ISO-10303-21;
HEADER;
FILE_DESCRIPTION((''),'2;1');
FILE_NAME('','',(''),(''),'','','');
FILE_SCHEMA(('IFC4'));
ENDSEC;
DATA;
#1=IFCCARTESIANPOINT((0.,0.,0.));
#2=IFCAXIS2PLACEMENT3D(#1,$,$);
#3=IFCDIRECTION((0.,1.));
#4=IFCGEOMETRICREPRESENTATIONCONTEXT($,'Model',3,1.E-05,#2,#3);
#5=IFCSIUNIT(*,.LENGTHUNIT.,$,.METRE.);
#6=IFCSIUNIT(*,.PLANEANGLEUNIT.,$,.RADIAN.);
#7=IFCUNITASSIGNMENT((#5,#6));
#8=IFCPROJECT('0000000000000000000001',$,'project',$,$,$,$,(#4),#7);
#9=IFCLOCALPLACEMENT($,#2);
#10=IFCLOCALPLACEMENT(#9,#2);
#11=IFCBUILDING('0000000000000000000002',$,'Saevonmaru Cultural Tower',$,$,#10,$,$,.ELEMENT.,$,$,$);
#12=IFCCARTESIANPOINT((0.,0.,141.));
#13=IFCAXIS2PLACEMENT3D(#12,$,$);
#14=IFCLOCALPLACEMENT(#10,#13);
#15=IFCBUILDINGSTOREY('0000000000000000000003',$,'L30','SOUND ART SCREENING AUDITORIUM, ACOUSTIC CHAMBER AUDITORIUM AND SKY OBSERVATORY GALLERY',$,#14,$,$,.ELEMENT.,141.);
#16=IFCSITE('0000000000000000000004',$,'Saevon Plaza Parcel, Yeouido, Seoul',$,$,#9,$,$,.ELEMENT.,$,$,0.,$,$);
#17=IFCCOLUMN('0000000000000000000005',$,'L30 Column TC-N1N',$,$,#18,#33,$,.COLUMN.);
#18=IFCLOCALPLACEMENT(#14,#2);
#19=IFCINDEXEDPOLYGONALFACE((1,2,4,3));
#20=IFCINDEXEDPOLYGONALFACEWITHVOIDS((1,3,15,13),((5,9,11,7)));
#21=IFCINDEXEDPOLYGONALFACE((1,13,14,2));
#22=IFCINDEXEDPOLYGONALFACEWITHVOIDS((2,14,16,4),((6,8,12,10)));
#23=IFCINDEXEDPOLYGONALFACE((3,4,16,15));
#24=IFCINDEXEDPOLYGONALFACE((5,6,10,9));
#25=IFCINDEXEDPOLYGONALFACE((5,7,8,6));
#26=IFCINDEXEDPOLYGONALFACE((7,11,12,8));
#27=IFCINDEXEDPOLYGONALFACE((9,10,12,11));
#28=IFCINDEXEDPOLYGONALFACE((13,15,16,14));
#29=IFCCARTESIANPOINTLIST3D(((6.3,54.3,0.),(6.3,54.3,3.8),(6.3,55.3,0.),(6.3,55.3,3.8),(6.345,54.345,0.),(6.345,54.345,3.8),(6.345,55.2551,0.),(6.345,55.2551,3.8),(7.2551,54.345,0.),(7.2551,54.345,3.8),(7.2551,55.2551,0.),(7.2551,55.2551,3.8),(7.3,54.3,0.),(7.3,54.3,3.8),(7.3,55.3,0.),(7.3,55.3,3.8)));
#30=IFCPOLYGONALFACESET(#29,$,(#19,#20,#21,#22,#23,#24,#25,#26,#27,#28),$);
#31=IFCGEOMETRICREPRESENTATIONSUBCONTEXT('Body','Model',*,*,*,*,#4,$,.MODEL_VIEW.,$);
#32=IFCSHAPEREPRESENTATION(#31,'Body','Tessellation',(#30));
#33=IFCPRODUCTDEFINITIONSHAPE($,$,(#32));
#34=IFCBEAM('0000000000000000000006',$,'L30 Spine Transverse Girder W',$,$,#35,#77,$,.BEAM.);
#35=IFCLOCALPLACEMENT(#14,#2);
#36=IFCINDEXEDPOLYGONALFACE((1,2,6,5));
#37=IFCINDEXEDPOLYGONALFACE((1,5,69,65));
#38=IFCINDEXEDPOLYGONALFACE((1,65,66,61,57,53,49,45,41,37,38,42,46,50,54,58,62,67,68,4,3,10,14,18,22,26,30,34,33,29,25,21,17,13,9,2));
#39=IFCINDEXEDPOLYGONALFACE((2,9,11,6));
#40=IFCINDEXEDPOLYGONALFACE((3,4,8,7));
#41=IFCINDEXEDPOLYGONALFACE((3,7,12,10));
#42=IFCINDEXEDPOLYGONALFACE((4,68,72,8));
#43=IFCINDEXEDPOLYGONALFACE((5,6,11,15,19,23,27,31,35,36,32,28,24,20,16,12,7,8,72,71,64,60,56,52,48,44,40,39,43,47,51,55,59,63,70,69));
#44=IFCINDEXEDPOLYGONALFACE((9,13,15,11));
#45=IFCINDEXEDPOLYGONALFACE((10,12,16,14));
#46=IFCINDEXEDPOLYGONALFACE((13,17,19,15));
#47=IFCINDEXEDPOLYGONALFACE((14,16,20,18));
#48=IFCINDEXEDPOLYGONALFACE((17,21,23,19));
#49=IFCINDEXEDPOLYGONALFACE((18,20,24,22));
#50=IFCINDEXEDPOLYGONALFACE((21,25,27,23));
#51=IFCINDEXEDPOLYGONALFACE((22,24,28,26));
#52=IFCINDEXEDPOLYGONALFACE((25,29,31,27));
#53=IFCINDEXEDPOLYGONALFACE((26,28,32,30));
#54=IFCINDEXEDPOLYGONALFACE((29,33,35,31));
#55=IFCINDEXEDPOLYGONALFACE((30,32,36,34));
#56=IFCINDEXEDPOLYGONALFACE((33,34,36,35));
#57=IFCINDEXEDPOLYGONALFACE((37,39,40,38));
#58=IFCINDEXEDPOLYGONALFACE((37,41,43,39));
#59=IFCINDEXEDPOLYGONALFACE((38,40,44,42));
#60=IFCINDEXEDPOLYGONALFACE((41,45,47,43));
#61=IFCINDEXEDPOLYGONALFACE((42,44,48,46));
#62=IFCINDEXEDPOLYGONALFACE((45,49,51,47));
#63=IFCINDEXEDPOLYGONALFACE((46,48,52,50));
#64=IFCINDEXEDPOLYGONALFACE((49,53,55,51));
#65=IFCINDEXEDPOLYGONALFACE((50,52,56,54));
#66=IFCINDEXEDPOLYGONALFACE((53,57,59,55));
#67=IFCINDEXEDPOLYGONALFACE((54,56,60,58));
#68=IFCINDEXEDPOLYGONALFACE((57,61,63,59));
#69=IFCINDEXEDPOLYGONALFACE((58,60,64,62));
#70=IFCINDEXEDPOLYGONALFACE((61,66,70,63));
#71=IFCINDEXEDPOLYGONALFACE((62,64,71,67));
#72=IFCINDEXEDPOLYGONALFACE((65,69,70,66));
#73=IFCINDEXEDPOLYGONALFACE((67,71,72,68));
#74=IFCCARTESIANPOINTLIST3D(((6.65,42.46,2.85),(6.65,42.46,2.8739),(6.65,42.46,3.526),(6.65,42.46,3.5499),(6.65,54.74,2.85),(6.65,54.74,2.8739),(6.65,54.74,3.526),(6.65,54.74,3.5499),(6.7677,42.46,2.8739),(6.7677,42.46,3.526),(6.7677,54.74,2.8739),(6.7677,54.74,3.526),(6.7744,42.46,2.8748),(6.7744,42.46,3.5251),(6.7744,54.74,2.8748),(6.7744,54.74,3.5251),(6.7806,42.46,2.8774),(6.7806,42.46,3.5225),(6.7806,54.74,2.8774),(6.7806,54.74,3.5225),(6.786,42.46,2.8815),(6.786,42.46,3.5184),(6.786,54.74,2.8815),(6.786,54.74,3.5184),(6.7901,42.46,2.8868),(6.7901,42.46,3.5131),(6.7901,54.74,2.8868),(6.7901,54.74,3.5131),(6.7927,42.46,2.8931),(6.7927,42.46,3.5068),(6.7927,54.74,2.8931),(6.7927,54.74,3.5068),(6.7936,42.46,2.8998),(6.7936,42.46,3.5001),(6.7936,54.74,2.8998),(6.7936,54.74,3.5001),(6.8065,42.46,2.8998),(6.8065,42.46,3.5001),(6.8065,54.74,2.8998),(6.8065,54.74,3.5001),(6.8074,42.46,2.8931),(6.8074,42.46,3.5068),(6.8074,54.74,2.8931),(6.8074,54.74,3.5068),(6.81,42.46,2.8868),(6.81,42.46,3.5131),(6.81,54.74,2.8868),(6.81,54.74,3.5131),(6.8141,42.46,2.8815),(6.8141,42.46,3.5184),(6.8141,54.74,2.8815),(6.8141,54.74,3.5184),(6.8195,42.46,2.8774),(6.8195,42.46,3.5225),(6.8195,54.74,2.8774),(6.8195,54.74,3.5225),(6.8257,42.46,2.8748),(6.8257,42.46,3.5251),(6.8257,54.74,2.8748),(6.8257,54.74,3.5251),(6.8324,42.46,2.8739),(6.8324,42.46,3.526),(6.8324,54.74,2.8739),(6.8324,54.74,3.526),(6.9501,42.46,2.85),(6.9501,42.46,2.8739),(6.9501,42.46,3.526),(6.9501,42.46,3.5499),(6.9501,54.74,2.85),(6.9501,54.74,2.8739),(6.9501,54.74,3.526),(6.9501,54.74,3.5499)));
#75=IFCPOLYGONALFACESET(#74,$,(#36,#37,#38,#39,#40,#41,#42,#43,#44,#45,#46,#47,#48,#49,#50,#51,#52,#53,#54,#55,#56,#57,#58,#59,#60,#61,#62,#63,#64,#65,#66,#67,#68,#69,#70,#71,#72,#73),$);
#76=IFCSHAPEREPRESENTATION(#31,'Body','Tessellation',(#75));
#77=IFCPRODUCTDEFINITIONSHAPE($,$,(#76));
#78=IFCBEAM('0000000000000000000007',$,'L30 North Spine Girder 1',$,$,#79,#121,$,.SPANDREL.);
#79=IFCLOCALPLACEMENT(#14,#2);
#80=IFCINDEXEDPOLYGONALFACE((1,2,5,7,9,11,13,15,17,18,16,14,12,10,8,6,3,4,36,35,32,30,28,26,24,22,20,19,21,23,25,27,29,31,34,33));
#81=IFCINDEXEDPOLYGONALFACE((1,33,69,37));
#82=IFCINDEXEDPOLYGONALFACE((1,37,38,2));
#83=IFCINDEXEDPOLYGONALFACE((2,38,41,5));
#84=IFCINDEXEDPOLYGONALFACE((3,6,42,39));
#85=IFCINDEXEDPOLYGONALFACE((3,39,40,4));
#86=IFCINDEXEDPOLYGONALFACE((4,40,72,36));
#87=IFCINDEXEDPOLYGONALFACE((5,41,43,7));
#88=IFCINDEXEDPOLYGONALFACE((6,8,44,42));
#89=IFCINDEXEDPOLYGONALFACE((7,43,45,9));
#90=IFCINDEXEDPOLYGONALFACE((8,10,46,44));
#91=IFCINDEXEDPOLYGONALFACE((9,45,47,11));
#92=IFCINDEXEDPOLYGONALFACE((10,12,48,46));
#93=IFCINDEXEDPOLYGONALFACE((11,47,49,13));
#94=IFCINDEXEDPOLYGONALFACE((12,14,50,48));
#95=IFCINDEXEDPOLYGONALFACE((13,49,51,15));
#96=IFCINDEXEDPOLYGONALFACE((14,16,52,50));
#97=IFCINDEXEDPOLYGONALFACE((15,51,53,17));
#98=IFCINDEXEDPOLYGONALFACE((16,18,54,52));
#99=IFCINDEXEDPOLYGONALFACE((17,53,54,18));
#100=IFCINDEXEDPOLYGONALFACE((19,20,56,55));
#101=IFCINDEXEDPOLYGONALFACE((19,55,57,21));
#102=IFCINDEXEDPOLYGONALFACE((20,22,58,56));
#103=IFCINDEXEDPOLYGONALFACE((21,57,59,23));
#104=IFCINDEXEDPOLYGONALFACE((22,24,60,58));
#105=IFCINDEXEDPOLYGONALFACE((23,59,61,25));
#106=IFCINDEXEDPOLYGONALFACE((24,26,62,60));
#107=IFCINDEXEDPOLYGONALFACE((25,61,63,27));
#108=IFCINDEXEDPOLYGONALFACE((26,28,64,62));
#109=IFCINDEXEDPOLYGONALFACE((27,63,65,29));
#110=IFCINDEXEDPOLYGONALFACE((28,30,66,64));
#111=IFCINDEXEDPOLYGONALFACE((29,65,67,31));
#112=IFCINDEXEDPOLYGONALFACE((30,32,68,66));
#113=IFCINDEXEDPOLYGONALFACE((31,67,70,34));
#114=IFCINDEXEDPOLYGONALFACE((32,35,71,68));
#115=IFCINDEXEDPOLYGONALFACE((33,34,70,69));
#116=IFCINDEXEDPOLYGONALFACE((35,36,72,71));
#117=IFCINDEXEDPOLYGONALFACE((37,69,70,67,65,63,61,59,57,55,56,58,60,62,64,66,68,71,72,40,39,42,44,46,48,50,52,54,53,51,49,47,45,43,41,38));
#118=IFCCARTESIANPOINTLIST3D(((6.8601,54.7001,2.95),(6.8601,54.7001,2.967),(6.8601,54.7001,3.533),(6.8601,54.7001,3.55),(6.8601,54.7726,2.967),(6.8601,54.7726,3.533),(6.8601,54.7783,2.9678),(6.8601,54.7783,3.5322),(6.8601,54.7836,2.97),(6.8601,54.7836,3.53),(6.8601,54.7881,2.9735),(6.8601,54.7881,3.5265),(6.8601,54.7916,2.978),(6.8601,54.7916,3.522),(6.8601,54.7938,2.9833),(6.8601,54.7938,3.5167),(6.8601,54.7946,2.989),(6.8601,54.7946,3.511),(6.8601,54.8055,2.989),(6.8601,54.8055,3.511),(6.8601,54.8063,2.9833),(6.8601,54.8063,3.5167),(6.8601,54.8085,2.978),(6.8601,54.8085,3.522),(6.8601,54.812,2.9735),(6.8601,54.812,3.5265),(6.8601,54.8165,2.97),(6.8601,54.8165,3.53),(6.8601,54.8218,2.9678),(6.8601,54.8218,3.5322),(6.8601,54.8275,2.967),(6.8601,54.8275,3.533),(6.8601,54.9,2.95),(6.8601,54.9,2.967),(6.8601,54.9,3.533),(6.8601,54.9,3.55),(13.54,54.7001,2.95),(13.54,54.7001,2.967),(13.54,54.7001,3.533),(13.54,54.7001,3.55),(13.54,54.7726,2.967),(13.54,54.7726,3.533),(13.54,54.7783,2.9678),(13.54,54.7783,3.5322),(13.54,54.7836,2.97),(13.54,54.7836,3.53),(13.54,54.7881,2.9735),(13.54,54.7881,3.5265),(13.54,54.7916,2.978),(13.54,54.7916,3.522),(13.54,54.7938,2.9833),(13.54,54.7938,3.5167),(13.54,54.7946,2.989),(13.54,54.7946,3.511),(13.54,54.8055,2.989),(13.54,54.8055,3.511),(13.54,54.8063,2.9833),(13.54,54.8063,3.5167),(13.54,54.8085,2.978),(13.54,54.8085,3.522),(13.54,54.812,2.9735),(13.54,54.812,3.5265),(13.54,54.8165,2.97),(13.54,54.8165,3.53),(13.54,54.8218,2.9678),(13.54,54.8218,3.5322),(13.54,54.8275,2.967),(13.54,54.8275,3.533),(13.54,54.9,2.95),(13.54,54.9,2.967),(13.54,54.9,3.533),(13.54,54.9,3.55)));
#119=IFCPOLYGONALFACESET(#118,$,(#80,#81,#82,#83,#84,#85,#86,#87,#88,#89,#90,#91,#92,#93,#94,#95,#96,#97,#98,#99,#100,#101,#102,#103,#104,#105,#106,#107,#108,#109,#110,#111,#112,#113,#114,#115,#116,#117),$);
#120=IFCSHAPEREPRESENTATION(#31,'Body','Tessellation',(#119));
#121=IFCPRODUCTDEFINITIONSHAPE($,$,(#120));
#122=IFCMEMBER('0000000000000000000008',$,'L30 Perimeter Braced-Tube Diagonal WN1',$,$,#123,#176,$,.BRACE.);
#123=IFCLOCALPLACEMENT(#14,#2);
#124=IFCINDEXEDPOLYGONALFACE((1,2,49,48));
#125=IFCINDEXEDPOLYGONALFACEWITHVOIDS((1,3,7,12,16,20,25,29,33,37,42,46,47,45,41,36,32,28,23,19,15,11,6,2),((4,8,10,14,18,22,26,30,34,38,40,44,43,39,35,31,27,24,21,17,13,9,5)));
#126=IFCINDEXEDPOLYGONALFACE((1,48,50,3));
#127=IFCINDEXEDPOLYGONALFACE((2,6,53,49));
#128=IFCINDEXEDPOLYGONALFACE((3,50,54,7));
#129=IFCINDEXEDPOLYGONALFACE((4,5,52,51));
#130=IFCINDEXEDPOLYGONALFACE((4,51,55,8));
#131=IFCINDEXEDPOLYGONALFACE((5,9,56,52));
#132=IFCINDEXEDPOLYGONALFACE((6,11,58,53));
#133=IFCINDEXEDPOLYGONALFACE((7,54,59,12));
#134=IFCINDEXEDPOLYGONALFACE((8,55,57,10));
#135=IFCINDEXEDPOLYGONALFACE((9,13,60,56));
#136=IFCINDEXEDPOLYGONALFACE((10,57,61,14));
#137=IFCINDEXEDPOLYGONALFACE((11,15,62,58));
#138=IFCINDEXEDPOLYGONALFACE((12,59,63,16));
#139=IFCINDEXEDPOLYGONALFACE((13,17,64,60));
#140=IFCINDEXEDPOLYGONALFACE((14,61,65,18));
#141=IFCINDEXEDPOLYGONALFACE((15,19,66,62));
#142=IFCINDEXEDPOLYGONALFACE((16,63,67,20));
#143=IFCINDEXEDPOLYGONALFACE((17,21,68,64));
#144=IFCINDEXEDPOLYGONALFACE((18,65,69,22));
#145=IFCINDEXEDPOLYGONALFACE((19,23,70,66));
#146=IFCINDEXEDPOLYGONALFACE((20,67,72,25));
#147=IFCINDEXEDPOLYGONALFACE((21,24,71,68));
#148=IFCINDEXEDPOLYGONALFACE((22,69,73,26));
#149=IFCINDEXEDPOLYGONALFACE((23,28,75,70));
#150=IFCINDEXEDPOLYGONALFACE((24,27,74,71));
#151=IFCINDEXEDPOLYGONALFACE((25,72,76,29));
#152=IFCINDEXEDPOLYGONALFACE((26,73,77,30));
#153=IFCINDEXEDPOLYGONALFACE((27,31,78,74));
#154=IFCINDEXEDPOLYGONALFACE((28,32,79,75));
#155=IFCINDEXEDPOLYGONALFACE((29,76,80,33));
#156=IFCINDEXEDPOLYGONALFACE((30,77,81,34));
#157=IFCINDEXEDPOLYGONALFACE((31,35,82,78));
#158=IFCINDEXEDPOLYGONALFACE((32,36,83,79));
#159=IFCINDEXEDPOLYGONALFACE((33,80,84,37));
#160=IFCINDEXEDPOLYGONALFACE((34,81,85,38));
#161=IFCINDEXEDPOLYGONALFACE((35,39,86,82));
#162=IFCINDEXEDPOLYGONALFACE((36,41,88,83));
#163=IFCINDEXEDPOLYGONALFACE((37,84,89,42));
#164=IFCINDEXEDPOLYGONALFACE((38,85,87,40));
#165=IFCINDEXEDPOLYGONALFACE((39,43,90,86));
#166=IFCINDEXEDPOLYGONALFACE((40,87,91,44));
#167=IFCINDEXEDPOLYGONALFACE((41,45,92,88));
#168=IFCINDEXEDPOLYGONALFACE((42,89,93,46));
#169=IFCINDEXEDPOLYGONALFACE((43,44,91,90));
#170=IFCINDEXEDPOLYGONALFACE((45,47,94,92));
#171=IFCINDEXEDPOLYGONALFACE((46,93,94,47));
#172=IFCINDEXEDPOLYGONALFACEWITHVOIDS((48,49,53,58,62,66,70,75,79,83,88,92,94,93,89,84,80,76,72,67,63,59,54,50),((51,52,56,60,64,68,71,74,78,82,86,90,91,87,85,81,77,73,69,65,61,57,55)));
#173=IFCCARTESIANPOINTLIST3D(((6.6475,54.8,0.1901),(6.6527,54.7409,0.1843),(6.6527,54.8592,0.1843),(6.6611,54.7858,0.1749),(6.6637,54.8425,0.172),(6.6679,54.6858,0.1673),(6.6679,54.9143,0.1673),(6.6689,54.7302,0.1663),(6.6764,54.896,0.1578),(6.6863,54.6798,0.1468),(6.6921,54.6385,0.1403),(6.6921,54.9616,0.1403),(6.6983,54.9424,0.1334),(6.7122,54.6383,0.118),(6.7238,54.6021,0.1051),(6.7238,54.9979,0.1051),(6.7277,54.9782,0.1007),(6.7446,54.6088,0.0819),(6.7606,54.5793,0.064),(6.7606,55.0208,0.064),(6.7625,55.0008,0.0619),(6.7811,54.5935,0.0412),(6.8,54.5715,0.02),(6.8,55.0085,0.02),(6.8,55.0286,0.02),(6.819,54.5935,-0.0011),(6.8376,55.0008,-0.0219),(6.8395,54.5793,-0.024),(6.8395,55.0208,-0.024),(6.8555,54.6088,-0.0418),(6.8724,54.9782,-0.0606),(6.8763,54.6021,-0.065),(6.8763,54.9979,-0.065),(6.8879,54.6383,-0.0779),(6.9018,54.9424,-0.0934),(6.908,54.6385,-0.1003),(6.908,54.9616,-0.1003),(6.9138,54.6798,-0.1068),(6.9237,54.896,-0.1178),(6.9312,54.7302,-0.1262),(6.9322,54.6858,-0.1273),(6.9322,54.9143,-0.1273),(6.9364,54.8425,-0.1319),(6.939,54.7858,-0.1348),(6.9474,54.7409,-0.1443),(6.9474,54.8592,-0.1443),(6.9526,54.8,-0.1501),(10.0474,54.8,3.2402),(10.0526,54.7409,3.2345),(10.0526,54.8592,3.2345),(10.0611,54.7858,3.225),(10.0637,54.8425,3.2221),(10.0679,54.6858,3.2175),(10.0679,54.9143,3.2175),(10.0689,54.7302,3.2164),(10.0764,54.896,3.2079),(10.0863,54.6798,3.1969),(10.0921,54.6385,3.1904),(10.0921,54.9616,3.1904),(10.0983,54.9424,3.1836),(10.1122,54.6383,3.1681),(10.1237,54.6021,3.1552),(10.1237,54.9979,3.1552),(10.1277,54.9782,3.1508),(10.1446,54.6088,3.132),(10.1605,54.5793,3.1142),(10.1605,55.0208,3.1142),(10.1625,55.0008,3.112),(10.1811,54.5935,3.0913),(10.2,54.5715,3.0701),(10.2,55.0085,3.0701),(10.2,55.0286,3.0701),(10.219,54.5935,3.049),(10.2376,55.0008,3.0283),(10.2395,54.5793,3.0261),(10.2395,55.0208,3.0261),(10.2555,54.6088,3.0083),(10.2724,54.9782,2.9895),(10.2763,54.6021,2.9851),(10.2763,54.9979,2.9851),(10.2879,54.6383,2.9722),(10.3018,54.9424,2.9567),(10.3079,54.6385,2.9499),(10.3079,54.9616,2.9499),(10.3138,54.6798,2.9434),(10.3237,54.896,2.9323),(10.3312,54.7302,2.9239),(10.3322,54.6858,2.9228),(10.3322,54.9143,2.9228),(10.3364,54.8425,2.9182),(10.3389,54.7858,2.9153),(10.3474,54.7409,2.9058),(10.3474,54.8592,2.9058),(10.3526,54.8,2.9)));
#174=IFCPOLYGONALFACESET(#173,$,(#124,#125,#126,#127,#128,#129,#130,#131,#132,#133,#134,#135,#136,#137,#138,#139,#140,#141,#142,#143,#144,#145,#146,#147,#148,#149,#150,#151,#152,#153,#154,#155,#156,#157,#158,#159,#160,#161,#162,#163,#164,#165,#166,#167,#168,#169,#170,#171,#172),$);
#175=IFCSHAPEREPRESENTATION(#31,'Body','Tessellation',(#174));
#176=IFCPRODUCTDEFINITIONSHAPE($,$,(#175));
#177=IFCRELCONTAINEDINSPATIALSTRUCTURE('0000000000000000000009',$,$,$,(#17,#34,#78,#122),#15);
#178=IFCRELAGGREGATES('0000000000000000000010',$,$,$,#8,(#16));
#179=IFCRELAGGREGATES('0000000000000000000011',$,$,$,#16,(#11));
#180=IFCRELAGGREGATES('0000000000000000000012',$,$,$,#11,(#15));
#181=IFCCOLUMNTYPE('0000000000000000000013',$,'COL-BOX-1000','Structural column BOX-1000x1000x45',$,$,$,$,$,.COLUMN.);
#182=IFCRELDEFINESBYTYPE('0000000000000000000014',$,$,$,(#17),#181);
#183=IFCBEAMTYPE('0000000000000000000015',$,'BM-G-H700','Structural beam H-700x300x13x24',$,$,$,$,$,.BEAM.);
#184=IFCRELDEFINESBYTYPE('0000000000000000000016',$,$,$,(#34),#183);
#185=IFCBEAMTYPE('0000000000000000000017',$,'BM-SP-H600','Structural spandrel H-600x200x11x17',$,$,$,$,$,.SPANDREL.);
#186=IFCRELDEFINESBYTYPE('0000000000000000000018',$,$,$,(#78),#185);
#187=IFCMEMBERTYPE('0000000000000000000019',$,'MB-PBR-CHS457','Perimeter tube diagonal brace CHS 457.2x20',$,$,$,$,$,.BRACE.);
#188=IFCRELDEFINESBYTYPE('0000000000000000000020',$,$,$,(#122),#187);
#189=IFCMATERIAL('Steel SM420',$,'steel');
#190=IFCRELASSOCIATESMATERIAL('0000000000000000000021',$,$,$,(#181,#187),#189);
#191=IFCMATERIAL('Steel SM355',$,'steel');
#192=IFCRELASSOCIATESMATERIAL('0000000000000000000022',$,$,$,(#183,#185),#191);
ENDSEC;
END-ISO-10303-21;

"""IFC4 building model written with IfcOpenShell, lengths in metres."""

from ifc_helpers import new_model, si_unit, direction, frame, origin, origin_2d, place, context, subcontext, project, spatial, hollow_rectangle, hollow_circle, i_section, extrude, material, material_profile, profile_set, type_object, element, save


model = new_model("IFC4")

# Units and contexts
model_context = context("Model", 3, precision=1e-05, world=origin(), true_north=direction((0.0, 1.0)))
body_context = subcontext(model_context, "Body", "Model", "MODEL_VIEW")
ifc_project = project(units=[si_unit("LENGTHUNIT", "METRE"), si_unit("PLANEANGLEUNIT", "RADIAN")], contexts=[model_context])

# Site, building, storey
site_placement = place(None, origin())
site = spatial("IfcSite", under=ifc_project, at=site_placement, Name="Saevon Plaza Parcel, Yeouido, Seoul", CompositionType="ELEMENT", RefElevation=0.0)
building_placement = place(site_placement, origin())
building = spatial("IfcBuilding", under=site, at=building_placement, Name="Saevonmaru Cultural Tower", CompositionType="ELEMENT")
storey_placement = place(building_placement, frame((0.0, 0.0, 141.0)))
storey = spatial("IfcBuildingStorey", under=building, at=storey_placement, Name="L30", Description="SOUND ART SCREENING AUDITORIUM, ACOUSTIC CHAMBER AUDITORIUM AND SKY OBSERVATORY GALLERY", CompositionType="ELEMENT", Elevation=141.0)

# Column
ifc_material_1 = material(Name="Steel SM420", Category="steel")
ifc_material_profile_1 = material_profile(ifc_material_1, hollow_rectangle(XDim=1.0, YDim=1.0, WallThickness=0.0449, at=origin_2d()), Name="BOX-1000x1000x45")
ifc_profile_set_1 = profile_set([ifc_material_profile_1], Name="Steel SM420")
column_type = type_object("IfcColumnType", Name="COL-BOX-1000", Description="Structural column BOX-1000x1000x45", PredefinedType="COLUMN", material=ifc_profile_set_1)
column_placement = place(storey_placement, frame((6.8, 54.8, 0.0), z_axis=(0.0, 0.0, 1.0), x_axis=(1.0, 0.0, 0.0)))
element("IfcColumn", 1, at=column_placement, inside=storey, type_object=column_type, Name="L30 Column TC-N1N", PredefinedType="COLUMN", context=body_context, shape_type="SweptSolid", body=[
    extrude(hollow_rectangle(XDim=1.0, YDim=1.0, WallThickness=0.0449, at=origin_2d()), origin(), (0.0, 0.0, 1.0), 3.8),
])

# Beams
ifc_material_2 = material(Name="Steel SM355", Category="steel")
ifc_material_profile_2 = material_profile(ifc_material_2, i_section(OverallWidth=0.3, OverallDepth=0.7, WebThickness=0.0129, FlangeThickness=0.0239, FilletRadius=0.0259, at=origin_2d()), Name="H-700x300x13x24")
ifc_profile_set_2 = profile_set([ifc_material_profile_2], Name="Steel SM355")
beam_type_1 = type_object("IfcBeamType", Name="BM-G-H700", Description="Structural beam H-700x300x13x24", PredefinedType="BEAM", material=ifc_profile_set_2)
beam_1_placement = place(storey_placement, frame((6.8, 54.74, 3.2), z_axis=(0.0, -1.0, 0.0), x_axis=(1.0, 0.0, 0.0)))
element("IfcBeam", 2, at=beam_1_placement, inside=storey, type_object=beam_type_1, Name="L30 Spine Transverse Girder W", PredefinedType="BEAM", context=body_context, shape_type="SweptSolid", body=[
    extrude(i_section(OverallWidth=0.3, OverallDepth=0.7, WebThickness=0.0129, FlangeThickness=0.0239, FilletRadius=0.0259, at=origin_2d()), origin(), (0.0, 0.0, 1.0), 12.28),
])
ifc_material_profile_3 = material_profile(ifc_material_2, i_section(OverallWidth=0.2, OverallDepth=0.6001, WebThickness=0.011, FlangeThickness=0.0171, FilletRadius=0.022, at=origin_2d()), Name="H-600x200x11x17")
ifc_profile_set_3 = profile_set([ifc_material_profile_3], Name="Steel SM355")
beam_type_2 = type_object("IfcBeamType", Name="BM-SP-H600", Description="Structural spandrel H-600x200x11x17", PredefinedType="SPANDREL", material=ifc_profile_set_3)
beam_2_placement = place(storey_placement, frame((6.8601, 54.8, 3.25), z_axis=(1.0, 0.0, 0.0), x_axis=(0.0, 1.0, 0.0)))
element("IfcBeam", 3, at=beam_2_placement, inside=storey, type_object=beam_type_2, Name="L30 North Spine Girder 1", PredefinedType="SPANDREL", context=body_context, shape_type="SweptSolid", body=[
    extrude(i_section(OverallWidth=0.2, OverallDepth=0.6001, WebThickness=0.011, FlangeThickness=0.0171, FilletRadius=0.022, at=origin_2d()), origin(), (0.0, 0.0, 1.0), 6.6799),
])

# Member
ifc_material_profile_4 = material_profile(ifc_material_1, hollow_circle(Radius=0.2285, WallThickness=0.02, at=origin_2d()), Name="CHS-457.2x20")
ifc_profile_set_4 = profile_set([ifc_material_profile_4], Name="Steel SM420")
member_type_1 = type_object("IfcMemberType", Name="MB-PBR-CHS457", Description="Perimeter tube diagonal brace CHS 457.2x20", PredefinedType="BRACE", material=ifc_profile_set_4)
member_1_placement = place(storey_placement, frame((6.8, 54.8, 0.02), z_axis=(0.744367, 0.0, 0.667771), x_axis=(0.0, 1.0, 0.0)))
element("IfcMember", 4, at=member_1_placement, inside=storey, type_object=member_type_1, Name="L30 Perimeter Braced-Tube Diagonal WN1", PredefinedType="BRACE", context=body_context, shape_type="SweptSolid", body=[
    extrude(hollow_circle(Radius=0.2285, WallThickness=0.02, at=origin_2d()), origin(), (0.0, 0.0, 1.0), 4.5676),
])

save(model, "model.ifc")
